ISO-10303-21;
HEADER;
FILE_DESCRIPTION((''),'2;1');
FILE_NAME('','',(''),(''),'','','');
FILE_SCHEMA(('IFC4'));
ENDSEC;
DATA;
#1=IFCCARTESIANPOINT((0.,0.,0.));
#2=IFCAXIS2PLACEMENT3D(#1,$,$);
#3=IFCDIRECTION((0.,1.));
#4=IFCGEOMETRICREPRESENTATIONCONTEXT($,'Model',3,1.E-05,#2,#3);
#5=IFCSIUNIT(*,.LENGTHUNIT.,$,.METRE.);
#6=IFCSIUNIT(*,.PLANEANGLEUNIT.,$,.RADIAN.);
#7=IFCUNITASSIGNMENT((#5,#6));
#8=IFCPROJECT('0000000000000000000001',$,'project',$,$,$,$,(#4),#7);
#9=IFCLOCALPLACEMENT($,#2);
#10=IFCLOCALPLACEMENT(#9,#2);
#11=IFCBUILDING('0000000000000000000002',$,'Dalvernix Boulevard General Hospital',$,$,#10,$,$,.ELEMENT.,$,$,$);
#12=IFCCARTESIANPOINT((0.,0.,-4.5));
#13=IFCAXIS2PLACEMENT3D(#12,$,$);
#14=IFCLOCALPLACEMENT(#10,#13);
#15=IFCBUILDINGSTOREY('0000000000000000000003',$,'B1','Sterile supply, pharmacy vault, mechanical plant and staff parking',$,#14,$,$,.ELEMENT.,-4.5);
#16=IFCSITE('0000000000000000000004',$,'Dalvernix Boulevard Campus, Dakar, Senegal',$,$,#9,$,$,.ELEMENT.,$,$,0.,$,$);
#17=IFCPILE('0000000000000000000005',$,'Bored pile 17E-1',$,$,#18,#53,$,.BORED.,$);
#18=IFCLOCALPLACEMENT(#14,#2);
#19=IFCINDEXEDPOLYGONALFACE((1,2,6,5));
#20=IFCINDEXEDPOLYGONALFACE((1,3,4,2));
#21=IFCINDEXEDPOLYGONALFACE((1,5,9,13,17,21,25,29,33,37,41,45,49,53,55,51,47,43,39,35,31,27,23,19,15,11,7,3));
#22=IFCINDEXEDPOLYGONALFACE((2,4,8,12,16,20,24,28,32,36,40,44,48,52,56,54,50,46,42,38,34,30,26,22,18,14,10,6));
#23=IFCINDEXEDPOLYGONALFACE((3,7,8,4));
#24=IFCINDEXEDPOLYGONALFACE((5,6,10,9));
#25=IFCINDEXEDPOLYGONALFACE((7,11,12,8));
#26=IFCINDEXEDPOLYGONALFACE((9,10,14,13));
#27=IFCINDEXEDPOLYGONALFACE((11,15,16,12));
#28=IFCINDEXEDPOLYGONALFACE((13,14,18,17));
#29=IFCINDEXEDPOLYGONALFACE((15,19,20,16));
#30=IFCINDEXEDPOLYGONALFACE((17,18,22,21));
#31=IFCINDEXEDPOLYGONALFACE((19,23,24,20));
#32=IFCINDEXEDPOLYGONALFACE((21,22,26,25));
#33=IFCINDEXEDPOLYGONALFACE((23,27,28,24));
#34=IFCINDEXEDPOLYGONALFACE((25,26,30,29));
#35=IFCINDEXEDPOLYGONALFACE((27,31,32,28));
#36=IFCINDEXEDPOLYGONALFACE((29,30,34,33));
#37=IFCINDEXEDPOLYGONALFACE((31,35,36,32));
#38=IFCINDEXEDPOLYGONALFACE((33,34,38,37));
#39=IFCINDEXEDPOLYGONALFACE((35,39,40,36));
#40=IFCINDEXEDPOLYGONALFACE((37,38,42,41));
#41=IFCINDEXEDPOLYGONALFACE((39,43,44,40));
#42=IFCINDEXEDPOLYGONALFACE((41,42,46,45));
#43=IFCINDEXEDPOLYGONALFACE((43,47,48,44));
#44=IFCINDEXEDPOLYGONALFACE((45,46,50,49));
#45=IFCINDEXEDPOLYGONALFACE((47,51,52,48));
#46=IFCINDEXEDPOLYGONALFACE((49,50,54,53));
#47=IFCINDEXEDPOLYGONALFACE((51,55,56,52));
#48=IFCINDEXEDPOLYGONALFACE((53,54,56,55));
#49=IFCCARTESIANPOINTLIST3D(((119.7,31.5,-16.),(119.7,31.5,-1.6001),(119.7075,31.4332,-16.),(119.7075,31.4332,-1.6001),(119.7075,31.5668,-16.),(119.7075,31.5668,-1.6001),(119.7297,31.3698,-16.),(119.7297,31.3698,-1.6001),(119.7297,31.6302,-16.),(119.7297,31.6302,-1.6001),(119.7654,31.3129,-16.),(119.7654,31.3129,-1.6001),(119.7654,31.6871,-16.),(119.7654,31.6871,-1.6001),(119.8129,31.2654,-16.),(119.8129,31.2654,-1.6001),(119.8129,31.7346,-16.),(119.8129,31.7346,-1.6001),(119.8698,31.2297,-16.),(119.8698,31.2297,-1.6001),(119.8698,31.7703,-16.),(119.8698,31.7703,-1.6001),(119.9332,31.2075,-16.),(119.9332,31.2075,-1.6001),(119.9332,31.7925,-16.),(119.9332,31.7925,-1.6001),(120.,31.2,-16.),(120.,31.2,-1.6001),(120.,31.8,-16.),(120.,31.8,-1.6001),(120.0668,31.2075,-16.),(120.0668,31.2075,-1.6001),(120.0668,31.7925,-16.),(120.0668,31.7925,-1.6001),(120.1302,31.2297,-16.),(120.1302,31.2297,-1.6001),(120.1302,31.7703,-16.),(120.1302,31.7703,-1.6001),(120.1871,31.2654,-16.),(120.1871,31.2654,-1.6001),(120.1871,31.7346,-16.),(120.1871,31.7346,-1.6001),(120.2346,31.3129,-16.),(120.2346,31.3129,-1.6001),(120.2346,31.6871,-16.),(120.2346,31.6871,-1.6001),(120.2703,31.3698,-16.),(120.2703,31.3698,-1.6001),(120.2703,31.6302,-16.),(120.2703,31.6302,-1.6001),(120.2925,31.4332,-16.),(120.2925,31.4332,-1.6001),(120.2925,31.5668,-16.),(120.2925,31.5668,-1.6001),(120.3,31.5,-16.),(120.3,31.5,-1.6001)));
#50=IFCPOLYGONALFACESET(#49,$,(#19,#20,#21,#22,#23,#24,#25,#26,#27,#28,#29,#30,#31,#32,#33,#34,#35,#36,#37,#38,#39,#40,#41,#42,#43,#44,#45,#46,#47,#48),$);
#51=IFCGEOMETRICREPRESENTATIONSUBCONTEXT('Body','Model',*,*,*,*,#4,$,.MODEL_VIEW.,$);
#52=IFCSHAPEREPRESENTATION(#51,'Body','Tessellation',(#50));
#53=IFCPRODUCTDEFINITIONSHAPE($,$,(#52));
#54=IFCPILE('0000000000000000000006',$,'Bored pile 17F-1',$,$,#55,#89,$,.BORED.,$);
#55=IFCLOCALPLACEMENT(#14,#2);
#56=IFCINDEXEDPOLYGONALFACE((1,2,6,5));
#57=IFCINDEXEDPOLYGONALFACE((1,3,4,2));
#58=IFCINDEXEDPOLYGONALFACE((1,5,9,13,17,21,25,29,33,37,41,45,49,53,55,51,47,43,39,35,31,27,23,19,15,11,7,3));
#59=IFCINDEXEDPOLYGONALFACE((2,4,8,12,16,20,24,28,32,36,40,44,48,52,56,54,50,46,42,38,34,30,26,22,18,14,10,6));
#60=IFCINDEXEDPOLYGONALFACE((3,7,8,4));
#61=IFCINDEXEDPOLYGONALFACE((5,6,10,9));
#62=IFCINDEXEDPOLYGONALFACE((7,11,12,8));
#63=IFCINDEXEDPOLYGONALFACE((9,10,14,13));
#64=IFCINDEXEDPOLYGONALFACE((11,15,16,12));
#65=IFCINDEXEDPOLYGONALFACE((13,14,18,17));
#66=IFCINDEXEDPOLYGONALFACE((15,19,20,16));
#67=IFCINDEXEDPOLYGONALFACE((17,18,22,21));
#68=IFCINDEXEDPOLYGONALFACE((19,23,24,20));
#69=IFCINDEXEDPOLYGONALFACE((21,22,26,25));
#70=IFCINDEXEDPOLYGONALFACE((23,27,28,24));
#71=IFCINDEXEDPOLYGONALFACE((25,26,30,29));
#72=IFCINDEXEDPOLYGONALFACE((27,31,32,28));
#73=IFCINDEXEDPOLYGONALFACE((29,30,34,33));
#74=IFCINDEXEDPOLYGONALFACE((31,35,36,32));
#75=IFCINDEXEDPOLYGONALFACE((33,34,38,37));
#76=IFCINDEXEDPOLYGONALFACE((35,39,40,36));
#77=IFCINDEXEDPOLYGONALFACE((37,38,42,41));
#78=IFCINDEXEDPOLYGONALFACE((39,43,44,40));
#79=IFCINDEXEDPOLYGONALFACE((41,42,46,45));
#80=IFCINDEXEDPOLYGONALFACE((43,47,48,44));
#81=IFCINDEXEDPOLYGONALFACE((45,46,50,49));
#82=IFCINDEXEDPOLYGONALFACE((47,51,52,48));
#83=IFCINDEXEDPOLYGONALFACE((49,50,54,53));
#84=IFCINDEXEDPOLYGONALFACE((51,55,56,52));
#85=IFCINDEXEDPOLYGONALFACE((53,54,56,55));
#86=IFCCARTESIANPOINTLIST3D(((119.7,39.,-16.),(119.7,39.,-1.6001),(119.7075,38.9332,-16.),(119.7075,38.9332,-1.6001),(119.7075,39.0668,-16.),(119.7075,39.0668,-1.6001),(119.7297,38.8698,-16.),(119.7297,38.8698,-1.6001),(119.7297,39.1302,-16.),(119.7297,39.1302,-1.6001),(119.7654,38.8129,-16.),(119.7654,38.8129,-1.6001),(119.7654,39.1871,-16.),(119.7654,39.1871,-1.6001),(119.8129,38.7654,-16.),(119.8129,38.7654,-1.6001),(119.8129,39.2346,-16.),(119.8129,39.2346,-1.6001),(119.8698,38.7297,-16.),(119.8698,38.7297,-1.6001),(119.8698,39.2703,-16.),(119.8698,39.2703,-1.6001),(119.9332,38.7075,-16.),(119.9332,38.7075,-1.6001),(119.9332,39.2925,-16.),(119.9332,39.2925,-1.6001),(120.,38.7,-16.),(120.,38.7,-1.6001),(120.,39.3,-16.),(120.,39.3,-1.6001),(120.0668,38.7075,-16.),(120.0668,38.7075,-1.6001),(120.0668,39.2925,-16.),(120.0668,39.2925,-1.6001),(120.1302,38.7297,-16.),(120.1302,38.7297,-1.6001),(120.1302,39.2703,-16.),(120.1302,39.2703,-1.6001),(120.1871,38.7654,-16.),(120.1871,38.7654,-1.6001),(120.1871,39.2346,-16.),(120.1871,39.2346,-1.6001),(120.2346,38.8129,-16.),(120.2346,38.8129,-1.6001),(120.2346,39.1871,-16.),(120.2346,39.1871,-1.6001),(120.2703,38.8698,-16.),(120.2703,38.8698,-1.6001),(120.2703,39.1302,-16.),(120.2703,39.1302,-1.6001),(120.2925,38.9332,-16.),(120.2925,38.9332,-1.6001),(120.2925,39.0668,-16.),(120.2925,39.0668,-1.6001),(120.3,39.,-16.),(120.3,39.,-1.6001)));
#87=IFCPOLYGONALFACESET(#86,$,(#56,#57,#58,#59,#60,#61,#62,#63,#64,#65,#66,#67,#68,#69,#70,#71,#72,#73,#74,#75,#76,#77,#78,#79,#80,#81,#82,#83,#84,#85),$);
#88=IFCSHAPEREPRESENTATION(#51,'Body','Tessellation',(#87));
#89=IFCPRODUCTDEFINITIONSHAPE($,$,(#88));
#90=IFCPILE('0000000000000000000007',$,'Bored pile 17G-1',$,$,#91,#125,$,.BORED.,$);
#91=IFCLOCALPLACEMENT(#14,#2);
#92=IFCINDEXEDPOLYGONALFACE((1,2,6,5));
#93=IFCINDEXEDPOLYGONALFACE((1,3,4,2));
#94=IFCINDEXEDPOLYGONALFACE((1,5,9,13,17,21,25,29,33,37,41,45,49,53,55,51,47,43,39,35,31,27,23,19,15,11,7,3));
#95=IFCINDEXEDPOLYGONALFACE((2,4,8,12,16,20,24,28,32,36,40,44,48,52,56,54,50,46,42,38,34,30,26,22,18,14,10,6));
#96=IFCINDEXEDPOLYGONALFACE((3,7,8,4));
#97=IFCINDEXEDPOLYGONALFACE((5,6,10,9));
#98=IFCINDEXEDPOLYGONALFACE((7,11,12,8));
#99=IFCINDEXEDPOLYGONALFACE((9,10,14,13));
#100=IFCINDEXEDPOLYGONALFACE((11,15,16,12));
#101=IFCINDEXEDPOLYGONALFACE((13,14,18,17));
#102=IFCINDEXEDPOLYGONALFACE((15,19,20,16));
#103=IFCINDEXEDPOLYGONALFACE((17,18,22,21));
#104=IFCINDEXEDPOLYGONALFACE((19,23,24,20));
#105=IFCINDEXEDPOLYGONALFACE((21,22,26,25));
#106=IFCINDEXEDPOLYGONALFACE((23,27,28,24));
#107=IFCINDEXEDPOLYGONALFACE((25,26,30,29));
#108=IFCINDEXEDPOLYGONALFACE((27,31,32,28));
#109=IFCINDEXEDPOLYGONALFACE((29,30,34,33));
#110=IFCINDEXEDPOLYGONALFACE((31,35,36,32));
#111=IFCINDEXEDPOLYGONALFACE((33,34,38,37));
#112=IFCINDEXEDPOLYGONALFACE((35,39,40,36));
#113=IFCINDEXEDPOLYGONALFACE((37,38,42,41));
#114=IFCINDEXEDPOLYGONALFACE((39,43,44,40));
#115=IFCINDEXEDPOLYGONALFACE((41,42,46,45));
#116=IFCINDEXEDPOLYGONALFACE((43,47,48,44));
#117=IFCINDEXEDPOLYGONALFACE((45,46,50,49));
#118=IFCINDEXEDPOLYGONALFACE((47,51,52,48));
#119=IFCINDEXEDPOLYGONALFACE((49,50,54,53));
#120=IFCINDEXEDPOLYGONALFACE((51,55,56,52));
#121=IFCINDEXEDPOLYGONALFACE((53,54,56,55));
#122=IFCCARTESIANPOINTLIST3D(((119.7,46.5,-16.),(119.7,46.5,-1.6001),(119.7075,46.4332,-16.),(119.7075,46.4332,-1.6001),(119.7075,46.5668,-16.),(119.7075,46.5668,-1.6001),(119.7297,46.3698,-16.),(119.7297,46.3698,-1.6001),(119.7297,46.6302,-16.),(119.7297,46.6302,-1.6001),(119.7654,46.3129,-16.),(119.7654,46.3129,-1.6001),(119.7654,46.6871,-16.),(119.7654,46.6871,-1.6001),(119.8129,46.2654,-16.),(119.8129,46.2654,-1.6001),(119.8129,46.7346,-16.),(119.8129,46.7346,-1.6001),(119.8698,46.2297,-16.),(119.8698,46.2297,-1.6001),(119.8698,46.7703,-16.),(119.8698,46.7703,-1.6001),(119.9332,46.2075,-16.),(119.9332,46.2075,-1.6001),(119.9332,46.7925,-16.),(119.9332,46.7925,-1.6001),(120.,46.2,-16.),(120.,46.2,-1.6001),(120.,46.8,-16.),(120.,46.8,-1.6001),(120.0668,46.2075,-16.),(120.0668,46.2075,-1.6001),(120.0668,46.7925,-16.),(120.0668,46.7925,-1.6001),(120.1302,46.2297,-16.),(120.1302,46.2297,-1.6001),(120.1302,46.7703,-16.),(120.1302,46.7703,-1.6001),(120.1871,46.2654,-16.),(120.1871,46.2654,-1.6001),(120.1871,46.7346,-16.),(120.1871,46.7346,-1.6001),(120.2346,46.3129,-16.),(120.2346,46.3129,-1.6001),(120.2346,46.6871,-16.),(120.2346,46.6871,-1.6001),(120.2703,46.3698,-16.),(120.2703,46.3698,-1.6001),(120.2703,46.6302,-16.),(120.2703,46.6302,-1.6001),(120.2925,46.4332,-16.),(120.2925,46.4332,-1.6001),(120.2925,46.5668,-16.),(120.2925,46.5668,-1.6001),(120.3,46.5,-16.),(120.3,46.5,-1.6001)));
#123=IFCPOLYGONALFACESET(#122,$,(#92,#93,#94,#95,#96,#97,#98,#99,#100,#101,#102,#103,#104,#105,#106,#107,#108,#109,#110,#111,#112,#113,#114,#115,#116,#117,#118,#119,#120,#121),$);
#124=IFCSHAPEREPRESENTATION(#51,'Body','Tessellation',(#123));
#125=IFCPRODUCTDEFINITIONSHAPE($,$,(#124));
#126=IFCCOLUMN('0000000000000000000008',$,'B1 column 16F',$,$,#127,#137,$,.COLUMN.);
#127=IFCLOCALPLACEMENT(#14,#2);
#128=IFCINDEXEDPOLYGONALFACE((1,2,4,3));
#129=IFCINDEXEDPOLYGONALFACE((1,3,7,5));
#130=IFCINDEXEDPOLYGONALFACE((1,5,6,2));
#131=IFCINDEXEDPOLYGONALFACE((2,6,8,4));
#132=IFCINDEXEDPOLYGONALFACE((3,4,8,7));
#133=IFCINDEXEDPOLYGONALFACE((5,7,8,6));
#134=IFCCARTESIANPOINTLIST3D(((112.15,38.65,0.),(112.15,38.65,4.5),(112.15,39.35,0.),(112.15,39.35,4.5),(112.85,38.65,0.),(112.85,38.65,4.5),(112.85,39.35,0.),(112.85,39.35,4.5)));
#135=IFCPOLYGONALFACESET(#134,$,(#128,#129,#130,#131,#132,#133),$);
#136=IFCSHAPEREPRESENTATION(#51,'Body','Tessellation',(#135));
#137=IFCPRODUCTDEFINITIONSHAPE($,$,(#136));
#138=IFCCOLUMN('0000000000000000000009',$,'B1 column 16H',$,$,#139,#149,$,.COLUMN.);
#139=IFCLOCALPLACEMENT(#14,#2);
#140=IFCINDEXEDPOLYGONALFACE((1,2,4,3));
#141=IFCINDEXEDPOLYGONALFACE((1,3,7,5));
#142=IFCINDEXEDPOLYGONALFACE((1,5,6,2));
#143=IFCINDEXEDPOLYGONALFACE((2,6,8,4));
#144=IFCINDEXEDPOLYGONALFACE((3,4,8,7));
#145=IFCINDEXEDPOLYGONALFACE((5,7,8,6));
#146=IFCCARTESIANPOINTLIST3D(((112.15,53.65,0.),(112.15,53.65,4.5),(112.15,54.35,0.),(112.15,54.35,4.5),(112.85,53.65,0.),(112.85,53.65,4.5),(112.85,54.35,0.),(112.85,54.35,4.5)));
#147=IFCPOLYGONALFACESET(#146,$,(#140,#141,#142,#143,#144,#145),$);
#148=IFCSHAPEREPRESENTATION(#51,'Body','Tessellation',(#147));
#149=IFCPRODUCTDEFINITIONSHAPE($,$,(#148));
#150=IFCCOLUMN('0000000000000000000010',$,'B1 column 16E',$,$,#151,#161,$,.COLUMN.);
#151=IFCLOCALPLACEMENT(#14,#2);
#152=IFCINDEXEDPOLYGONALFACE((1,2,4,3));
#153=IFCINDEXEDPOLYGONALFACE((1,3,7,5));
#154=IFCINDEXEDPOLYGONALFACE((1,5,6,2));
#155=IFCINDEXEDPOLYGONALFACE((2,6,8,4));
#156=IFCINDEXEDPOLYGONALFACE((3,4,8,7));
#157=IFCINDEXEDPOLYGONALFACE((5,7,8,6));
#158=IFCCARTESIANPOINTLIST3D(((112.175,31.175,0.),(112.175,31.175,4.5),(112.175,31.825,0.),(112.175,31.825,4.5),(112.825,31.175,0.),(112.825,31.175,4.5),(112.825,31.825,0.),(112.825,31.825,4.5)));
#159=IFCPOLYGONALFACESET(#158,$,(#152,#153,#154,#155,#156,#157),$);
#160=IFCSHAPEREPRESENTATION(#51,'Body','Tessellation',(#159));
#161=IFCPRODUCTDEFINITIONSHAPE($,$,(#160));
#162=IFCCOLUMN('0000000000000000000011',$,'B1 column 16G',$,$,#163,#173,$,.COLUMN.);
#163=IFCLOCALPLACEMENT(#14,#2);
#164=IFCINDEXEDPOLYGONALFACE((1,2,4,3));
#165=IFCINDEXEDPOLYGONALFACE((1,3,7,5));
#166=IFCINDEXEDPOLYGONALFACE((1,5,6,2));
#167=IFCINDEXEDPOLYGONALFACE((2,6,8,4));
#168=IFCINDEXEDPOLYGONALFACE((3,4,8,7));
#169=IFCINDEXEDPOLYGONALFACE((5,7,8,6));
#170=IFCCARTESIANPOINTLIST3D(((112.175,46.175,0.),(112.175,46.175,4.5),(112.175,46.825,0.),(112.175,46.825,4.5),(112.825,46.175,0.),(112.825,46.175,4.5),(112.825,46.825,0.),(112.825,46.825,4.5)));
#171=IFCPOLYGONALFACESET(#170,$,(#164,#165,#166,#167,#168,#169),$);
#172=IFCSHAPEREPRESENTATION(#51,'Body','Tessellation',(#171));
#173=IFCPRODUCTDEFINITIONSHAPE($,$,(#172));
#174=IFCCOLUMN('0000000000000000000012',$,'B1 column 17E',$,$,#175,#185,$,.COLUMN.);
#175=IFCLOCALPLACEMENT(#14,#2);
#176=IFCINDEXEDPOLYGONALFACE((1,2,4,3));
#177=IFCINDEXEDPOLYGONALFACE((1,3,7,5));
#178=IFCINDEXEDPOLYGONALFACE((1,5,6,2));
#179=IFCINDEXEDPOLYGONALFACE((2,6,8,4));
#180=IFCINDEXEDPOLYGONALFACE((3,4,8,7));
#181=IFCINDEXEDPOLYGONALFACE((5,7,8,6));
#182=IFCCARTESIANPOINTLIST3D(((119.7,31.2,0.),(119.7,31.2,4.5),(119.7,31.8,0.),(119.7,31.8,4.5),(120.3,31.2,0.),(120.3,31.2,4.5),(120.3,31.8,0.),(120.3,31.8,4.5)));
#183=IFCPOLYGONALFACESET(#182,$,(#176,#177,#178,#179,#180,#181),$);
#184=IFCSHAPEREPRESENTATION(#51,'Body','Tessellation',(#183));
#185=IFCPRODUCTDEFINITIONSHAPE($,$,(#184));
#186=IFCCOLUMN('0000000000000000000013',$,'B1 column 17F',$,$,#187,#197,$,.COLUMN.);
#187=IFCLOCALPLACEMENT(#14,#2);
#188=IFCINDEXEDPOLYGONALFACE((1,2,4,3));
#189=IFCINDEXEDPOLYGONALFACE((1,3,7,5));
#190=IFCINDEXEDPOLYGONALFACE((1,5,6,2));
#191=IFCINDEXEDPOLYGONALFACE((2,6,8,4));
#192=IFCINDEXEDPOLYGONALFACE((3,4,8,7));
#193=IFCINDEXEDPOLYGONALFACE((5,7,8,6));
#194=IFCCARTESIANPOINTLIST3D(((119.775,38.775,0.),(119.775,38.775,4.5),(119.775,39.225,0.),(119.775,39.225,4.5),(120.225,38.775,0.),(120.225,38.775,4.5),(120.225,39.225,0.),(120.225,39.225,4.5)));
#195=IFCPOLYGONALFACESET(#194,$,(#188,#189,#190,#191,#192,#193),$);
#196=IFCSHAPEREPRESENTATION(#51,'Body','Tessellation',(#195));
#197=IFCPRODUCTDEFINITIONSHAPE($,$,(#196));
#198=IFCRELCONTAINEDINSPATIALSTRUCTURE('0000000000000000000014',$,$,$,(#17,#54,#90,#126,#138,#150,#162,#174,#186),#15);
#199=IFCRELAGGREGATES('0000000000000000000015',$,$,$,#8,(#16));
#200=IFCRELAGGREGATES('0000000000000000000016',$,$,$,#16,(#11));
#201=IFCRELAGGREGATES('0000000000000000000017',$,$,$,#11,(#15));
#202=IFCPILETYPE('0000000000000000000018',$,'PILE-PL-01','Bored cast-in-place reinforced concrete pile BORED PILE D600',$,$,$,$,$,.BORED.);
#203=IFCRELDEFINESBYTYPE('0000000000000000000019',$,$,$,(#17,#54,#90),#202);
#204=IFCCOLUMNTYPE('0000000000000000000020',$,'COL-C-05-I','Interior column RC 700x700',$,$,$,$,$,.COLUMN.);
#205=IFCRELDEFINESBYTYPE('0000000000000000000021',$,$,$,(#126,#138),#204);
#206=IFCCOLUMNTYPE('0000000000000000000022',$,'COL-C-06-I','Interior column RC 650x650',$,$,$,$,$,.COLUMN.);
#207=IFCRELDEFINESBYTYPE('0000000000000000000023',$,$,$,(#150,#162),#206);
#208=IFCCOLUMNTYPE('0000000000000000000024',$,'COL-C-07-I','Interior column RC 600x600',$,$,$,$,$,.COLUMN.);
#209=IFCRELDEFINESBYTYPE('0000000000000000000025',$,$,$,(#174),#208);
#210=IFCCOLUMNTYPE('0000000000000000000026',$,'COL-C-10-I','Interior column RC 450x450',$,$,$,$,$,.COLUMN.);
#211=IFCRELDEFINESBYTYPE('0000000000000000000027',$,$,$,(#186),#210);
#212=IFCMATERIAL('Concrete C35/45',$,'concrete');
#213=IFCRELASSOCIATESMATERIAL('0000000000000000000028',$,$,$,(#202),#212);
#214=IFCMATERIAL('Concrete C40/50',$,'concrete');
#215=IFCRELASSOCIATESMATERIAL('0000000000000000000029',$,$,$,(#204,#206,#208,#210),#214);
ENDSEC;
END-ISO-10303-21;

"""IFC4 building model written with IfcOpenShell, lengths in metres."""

from ifc_helpers import new_model, si_unit, direction, frame, origin, origin_2d, place, context, subcontext, project, spatial, rectangle, circle, extrude, material, material_profile, profile_set, type_object, element, save


model = new_model("IFC4")

# Units and contexts
model_context = context("Model", 3, precision=1e-05, world=origin(), true_north=direction((0.0, 1.0)))
body_context = subcontext(model_context, "Body", "Model", "MODEL_VIEW")
ifc_project = project(units=[si_unit("LENGTHUNIT", "METRE"), si_unit("PLANEANGLEUNIT", "RADIAN")], contexts=[model_context])

# Site, building, storey
site_placement = place(None, origin())
site = spatial("IfcSite", under=ifc_project, at=site_placement, Name="Dalvernix Boulevard Campus, Dakar, Senegal", CompositionType="ELEMENT", RefElevation=0.0)
building_placement = place(site_placement, origin())
building = spatial("IfcBuilding", under=site, at=building_placement, Name="Dalvernix Boulevard General Hospital", CompositionType="ELEMENT")
storey_placement = place(building_placement, frame((0.0, 0.0, -4.5)))
storey = spatial("IfcBuildingStorey", under=building, at=storey_placement, Name="B1", Description="Sterile supply, pharmacy vault, mechanical plant and staff parking", CompositionType="ELEMENT", Elevation=-4.5)

# Shared definitions
ifc_material_1 = material(Name="Concrete C35/45", Category="concrete")
ifc_material_2 = material(Name="Concrete C40/50", Category="concrete")

# Piles
ifc_material_profile_1 = material_profile(ifc_material_1, circle(Radius=0.3, at=origin_2d()), Name="BORED PILE D600")
ifc_profile_set_1 = profile_set([ifc_material_profile_1], Name="Concrete C35/45")
pile_type = type_object("IfcPileType", Name="PILE-PL-01", Description="Bored cast-in-place reinforced concrete pile BORED PILE D600", PredefinedType="BORED", material=ifc_profile_set_1)
for number, where, z_axis, x_axis, name in (
    (1, (120.0, 31.5, -1.6001), (0.0, 0.0, -1.0), (1.0, 0.0, 0.0), "Bored pile 17E-1"),
    (2, (120.0, 39.0, -1.6001), (0.0, 0.0, -1.0), (1.0, 0.0, 0.0), "Bored pile 17F-1"),
    (3, (120.0, 46.5, -1.6001), (0.0, 0.0, -1.0), (1.0, 0.0, 0.0), "Bored pile 17G-1"),
):
    element("IfcPile", number, at=place(storey_placement, frame(where, z_axis=z_axis, x_axis=x_axis)), inside=storey, type_object=pile_type, Name=name, PredefinedType="BORED", context=body_context, shape_type="SweptSolid", body=[
        extrude(circle(Radius=0.3, at=origin_2d()), origin(), (0.0, 0.0, 1.0), 14.3999),
    ])

# Columns
ifc_material_profile_2 = material_profile(ifc_material_2, rectangle(XDim=0.7, YDim=0.7, at=origin_2d()), Name="RC 700x700")
ifc_profile_set_2 = profile_set([ifc_material_profile_2], Name="Concrete C40/50")
column_type_1 = type_object("IfcColumnType", Name="COL-C-05-I", Description="Interior column RC 700x700", PredefinedType="COLUMN", material=ifc_profile_set_2)
for number, where, z_axis, x_axis, name in (
    (4, (112.5, 39.0, 0.0), (0.0, 0.0, 1.0), (1.0, 0.0, 0.0), "B1 column 16F"),
    (5, (112.5, 54.0, 0.0), (0.0, 0.0, 1.0), (1.0, 0.0, 0.0), "B1 column 16H"),
):
    element("IfcColumn", number, at=place(storey_placement, frame(where, z_axis=z_axis, x_axis=x_axis)), inside=storey, type_object=column_type_1, Name=name, PredefinedType="COLUMN", context=body_context, shape_type="SweptSolid", body=[
        extrude(rectangle(XDim=0.7, YDim=0.7, at=origin_2d()), origin(), (0.0, 0.0, 1.0), 4.5),
    ])
ifc_material_profile_3 = material_profile(ifc_material_2, rectangle(XDim=0.6499, YDim=0.6499, at=origin_2d()), Name="RC 650x650")
ifc_profile_set_3 = profile_set([ifc_material_profile_3], Name="Concrete C40/50")
column_type_2 = type_object("IfcColumnType", Name="COL-C-06-I", Description="Interior column RC 650x650", PredefinedType="COLUMN", material=ifc_profile_set_3)
for number, where, z_axis, x_axis, name in (
    (6, (112.5, 31.5, 0.0), (0.0, 0.0, 1.0), (1.0, 0.0, 0.0), "B1 column 16E"),
    (7, (112.5, 46.5, 0.0), (0.0, 0.0, 1.0), (1.0, 0.0, 0.0), "B1 column 16G"),
):
    element("IfcColumn", number, at=place(storey_placement, frame(where, z_axis=z_axis, x_axis=x_axis)), inside=storey, type_object=column_type_2, Name=name, PredefinedType="COLUMN", context=body_context, shape_type="SweptSolid", body=[
        extrude(rectangle(XDim=0.6499, YDim=0.6499, at=origin_2d()), origin(), (0.0, 0.0, 1.0), 4.5),
    ])
ifc_material_profile_4 = material_profile(ifc_material_2, rectangle(XDim=0.6001, YDim=0.6001, at=origin_2d()), Name="RC 600x600")
ifc_profile_set_4 = profile_set([ifc_material_profile_4], Name="Concrete C40/50")
column_type_3 = type_object("IfcColumnType", Name="COL-C-07-I", Description="Interior column RC 600x600", PredefinedType="COLUMN", material=ifc_profile_set_4)
column_placement = place(storey_placement, frame((120.0, 31.5, 0.0), z_axis=(0.0, 0.0, 1.0), x_axis=(1.0, 0.0, 0.0)))
element("IfcColumn", 8, at=column_placement, inside=storey, type_object=column_type_3, Name="B1 column 17E", PredefinedType="COLUMN", context=body_context, shape_type="SweptSolid", body=[
    extrude(rectangle(XDim=0.6001, YDim=0.6001, at=origin_2d()), origin(), (0.0, 0.0, 1.0), 4.5),
])
ifc_material_profile_5 = material_profile(ifc_material_2, rectangle(XDim=0.45, YDim=0.45, at=origin_2d()), Name="RC 450x450")
ifc_profile_set_5 = profile_set([ifc_material_profile_5], Name="Concrete C40/50")
column_type_4 = type_object("IfcColumnType", Name="COL-C-10-I", Description="Interior column RC 450x450", PredefinedType="COLUMN", material=ifc_profile_set_5)
for number, where, z_axis, x_axis, name in (
    (9, (120.0, 39.0, 0.0), (0.0, 0.0, 1.0), (1.0, 0.0, 0.0), "B1 column 17F"),
):
    element("IfcColumn", number, at=place(storey_placement, frame(where, z_axis=z_axis, x_axis=x_axis)), inside=storey, type_object=column_type_4, Name=name, PredefinedType="COLUMN", context=body_context, shape_type="SweptSolid", body=[
        extrude(rectangle(XDim=0.45, YDim=0.45, at=origin_2d()), origin(), (0.0, 0.0, 1.0), 4.5),
    ])

save(model, "model.ifc")
